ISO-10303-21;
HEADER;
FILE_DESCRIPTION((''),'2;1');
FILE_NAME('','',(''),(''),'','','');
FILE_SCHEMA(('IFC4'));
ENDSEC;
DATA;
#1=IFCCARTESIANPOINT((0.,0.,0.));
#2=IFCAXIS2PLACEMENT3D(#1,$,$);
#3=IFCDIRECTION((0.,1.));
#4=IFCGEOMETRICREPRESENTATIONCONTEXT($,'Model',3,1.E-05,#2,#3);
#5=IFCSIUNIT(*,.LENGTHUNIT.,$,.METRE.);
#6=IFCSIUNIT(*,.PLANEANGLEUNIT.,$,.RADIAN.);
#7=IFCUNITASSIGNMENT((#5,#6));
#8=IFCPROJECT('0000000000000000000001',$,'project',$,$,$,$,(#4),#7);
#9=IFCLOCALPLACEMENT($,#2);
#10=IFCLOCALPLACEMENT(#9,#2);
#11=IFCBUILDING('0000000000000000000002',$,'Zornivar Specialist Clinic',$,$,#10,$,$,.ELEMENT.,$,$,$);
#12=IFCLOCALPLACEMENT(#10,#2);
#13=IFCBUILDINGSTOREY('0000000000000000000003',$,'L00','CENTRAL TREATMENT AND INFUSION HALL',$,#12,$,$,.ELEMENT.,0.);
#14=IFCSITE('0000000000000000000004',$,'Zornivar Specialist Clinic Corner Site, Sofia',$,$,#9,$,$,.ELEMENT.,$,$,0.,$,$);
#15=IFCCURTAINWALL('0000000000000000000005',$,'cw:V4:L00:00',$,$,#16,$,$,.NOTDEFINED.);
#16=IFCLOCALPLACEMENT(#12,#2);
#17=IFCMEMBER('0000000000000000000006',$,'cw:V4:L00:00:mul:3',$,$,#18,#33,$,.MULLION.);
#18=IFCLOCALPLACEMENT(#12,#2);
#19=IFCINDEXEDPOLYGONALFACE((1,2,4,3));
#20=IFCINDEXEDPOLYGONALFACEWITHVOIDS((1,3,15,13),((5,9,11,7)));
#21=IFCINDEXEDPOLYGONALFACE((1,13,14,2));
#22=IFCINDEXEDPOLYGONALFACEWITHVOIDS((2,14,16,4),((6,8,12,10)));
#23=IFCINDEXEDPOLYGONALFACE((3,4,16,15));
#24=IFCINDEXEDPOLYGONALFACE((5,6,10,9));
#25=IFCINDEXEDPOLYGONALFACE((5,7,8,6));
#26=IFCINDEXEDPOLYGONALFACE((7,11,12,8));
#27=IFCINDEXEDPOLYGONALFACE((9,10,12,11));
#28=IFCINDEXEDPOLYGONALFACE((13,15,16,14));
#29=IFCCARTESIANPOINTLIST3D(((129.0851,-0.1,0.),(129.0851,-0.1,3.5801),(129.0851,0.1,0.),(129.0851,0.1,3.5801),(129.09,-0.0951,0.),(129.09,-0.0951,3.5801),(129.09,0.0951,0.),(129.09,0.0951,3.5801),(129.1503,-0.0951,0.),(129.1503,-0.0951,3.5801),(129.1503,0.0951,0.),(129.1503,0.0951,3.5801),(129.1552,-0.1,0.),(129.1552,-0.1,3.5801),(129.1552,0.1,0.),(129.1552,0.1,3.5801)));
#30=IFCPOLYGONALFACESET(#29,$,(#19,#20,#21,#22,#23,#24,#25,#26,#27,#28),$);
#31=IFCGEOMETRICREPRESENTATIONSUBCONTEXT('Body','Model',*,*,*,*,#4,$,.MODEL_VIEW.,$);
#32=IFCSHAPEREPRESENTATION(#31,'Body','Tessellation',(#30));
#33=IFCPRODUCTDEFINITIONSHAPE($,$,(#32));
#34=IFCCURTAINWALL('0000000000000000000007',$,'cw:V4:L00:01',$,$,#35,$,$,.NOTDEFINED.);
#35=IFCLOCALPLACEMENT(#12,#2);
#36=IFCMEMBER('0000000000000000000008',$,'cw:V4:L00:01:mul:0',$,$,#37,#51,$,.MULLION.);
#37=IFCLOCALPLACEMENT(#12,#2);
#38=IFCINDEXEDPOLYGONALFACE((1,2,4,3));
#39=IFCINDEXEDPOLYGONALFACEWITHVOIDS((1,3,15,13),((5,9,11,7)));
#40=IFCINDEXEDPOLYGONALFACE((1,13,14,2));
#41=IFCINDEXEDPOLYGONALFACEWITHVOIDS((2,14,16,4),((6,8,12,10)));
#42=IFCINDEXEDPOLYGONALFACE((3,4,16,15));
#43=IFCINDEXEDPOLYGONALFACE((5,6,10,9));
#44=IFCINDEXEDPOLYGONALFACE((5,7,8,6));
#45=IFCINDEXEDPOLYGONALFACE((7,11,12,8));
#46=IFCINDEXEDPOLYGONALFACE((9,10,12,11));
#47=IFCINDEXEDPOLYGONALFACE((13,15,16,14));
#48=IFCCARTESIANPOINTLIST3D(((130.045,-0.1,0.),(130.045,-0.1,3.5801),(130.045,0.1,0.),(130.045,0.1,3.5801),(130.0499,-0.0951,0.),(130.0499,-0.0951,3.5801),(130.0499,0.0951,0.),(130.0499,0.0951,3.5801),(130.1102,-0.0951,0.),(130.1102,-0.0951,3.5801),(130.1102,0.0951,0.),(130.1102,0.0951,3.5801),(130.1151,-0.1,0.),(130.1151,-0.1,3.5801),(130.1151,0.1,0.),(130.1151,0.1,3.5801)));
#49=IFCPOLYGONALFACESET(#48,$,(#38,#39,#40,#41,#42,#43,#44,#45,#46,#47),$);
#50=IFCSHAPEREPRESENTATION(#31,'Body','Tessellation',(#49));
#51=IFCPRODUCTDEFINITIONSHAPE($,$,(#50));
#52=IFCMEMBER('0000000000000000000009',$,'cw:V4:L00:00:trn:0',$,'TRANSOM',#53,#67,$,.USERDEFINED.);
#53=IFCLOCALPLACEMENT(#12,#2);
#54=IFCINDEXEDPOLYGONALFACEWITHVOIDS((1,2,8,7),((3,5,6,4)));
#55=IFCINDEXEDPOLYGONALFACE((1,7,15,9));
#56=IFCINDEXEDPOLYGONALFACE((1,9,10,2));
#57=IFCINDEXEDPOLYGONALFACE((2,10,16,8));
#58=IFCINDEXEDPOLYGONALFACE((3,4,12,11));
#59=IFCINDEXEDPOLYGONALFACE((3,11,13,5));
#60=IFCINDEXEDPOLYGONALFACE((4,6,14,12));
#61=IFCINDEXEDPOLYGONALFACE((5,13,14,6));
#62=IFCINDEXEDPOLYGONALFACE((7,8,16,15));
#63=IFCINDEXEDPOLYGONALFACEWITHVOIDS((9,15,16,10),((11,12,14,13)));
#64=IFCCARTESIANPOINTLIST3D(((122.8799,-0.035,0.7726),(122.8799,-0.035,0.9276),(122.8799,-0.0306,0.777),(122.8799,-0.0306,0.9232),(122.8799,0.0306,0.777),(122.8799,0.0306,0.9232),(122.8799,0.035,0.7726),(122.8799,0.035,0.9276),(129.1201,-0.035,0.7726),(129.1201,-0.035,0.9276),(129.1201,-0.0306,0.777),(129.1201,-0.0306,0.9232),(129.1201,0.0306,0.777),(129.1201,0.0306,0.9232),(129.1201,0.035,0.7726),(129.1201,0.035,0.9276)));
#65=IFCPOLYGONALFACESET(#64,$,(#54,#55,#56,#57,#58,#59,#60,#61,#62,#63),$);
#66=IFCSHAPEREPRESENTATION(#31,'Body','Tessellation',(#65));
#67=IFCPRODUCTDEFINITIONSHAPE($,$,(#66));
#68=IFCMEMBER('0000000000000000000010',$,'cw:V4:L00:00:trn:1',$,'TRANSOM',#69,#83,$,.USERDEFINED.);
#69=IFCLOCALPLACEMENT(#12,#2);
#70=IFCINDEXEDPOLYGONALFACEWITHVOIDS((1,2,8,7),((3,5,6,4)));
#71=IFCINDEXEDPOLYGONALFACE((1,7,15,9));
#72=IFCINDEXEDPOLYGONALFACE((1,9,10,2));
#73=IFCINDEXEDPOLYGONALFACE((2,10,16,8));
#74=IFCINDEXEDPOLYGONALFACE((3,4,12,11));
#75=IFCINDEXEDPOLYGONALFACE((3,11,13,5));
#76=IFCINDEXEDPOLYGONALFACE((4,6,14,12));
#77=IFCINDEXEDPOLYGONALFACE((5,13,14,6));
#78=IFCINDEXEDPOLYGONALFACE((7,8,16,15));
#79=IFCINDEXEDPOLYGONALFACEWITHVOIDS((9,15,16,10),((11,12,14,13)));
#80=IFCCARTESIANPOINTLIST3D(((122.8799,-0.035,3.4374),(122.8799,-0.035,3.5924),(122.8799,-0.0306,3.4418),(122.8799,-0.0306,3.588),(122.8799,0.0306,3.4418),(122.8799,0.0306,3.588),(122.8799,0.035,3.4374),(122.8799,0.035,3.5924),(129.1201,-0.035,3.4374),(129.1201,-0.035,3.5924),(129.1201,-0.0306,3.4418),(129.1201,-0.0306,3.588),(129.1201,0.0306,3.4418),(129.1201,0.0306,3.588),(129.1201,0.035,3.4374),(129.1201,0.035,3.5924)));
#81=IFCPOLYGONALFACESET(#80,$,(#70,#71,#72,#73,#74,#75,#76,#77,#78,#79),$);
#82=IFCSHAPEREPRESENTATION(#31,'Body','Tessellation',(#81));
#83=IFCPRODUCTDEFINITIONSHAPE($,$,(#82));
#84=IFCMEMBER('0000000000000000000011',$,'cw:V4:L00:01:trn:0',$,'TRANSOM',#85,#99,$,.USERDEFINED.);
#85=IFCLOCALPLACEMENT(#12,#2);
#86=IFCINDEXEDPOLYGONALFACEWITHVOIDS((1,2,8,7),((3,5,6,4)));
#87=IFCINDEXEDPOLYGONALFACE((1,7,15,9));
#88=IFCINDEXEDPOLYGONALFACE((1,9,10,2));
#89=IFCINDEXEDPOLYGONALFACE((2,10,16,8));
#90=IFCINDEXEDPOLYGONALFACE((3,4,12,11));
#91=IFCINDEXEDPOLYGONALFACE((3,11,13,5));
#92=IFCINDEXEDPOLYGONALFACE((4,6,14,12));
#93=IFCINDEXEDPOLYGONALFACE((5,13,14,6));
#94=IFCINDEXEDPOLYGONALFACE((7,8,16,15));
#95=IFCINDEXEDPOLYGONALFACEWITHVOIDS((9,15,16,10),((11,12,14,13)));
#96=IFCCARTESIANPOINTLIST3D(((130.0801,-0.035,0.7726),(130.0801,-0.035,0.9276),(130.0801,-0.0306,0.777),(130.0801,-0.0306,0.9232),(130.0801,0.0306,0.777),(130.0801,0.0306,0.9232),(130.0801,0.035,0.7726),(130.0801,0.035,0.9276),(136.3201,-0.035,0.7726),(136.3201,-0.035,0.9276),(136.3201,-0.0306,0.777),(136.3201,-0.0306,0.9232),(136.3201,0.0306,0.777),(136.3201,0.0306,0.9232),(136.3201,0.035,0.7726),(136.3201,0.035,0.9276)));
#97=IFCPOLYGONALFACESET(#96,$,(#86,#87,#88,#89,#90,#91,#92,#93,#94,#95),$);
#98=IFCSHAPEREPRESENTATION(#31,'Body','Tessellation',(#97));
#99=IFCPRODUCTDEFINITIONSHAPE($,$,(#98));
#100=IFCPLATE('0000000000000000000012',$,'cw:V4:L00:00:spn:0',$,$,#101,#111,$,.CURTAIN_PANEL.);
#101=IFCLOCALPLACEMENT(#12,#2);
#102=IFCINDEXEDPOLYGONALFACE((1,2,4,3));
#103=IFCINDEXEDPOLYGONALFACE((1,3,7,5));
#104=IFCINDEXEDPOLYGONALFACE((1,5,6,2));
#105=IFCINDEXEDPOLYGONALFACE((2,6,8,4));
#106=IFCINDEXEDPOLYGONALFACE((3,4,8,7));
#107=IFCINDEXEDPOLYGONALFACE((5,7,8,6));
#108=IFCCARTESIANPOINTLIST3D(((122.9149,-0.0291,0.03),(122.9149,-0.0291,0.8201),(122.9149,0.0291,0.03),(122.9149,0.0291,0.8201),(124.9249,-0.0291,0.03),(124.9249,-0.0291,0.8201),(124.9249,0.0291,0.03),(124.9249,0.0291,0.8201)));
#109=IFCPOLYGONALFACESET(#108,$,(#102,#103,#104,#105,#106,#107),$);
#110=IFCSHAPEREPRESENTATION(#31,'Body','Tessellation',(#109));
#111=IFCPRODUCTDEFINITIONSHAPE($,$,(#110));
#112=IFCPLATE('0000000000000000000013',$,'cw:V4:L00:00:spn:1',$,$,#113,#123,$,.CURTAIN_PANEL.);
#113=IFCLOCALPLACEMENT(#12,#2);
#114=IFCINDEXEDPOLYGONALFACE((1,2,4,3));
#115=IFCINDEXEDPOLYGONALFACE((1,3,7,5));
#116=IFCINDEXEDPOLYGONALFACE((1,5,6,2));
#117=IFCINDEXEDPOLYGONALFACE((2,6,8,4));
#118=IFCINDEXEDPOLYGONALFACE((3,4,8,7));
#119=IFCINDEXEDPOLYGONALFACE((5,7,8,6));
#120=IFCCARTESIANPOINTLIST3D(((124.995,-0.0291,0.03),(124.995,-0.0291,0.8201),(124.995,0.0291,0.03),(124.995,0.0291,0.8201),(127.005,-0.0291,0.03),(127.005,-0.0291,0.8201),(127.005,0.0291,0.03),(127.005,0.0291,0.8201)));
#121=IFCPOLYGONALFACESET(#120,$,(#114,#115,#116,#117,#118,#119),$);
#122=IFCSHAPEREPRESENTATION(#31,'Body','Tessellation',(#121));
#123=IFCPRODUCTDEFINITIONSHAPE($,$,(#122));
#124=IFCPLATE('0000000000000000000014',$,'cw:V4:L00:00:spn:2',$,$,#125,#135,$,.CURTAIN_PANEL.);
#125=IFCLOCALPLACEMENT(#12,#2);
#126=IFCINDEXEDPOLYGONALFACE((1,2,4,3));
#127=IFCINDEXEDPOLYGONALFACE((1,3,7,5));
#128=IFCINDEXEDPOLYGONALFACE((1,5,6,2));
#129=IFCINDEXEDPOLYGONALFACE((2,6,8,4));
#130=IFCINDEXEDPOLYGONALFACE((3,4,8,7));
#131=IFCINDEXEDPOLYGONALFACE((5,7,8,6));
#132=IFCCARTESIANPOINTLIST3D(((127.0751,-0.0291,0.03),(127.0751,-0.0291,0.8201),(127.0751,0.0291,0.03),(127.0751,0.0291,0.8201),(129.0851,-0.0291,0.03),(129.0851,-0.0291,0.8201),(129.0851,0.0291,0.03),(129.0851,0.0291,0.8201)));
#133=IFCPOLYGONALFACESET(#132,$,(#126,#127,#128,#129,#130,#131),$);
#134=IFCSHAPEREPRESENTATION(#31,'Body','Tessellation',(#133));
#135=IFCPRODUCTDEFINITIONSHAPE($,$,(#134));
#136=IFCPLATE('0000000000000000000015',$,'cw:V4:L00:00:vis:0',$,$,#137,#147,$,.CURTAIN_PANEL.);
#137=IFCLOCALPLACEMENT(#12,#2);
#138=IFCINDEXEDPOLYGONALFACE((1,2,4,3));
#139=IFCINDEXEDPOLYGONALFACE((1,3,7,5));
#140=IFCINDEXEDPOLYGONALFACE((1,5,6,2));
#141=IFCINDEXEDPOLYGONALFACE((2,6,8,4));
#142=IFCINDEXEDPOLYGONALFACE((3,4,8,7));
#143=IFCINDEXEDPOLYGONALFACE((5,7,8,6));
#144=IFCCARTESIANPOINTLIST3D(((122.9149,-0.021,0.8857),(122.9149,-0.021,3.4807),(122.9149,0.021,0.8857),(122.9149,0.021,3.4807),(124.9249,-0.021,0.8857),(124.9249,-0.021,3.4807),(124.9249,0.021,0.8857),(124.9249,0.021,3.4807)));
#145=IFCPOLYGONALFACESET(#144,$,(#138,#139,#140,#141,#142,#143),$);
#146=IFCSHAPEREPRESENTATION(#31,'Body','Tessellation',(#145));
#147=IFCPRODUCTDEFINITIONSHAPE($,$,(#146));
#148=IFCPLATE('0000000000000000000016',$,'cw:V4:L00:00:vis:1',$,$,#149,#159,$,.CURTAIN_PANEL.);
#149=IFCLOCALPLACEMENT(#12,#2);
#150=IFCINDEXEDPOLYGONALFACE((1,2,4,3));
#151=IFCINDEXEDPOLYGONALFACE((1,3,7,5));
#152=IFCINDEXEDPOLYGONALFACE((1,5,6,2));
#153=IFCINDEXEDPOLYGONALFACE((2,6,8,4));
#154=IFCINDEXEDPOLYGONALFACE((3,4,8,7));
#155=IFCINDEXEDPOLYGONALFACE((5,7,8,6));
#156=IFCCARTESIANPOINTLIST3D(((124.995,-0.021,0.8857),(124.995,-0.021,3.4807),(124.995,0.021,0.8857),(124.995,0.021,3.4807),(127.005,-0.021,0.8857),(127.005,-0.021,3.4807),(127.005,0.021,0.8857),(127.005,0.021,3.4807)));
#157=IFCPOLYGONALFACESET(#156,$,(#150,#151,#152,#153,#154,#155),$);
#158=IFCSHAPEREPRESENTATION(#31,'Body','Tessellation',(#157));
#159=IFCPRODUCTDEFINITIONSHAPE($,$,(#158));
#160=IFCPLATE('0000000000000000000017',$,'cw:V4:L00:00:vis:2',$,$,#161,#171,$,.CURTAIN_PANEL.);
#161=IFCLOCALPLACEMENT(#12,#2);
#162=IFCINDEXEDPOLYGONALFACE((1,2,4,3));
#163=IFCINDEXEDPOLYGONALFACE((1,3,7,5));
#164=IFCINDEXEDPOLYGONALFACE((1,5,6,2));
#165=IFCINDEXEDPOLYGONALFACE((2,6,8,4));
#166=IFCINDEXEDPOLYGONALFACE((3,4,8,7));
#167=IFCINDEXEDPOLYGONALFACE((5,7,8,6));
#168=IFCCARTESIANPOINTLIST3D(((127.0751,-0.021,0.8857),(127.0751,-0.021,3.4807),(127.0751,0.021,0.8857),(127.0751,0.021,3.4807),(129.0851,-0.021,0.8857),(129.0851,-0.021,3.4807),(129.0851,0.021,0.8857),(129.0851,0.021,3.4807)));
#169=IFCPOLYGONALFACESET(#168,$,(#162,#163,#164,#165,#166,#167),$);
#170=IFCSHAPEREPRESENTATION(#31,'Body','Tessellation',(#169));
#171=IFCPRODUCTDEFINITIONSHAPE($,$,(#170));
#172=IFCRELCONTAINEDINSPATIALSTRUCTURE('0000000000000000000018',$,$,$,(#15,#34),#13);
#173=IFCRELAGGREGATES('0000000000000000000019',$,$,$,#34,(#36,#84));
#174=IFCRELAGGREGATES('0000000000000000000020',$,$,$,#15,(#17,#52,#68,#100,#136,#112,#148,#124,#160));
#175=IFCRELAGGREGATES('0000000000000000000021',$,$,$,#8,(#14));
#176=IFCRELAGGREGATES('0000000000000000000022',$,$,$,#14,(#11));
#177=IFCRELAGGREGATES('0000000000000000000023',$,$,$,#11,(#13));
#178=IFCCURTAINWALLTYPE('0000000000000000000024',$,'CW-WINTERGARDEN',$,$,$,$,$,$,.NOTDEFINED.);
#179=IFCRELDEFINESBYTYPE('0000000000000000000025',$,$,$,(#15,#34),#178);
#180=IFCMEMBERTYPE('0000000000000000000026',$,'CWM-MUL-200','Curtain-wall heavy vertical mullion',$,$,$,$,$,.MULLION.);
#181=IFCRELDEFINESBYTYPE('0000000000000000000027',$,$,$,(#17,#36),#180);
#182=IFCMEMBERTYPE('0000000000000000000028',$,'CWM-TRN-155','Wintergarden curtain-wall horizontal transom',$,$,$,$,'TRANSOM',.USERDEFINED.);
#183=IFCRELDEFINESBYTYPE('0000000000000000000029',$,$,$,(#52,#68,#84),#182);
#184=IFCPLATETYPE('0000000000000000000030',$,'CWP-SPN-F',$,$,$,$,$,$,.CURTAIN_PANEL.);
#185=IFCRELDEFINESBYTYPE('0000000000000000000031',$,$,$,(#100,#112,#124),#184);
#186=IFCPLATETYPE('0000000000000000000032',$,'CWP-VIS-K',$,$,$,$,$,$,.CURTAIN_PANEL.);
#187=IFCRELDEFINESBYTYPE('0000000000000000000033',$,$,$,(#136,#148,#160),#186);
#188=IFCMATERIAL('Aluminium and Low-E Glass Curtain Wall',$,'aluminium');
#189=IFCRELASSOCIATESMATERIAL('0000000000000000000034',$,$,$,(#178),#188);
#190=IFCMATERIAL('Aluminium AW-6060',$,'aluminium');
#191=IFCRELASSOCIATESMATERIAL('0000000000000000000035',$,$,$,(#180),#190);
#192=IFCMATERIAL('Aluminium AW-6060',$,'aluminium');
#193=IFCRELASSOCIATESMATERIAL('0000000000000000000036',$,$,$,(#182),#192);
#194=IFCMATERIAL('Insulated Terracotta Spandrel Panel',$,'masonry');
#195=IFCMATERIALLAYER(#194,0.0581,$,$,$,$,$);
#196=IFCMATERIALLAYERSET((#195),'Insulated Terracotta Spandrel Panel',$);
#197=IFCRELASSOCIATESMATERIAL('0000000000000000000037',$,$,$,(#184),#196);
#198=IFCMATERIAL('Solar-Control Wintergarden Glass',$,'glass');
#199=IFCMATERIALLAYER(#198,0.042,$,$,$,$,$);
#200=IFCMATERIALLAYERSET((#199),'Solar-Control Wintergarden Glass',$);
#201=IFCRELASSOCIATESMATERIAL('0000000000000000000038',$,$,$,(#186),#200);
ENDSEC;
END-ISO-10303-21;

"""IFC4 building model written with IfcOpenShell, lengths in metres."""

from ifc_helpers import new_model, si_unit, direction, frame, origin, origin_2d, place, context, subcontext, project, spatial, rectangle, hollow_rectangle, extrude, material, layer, layer_set, material_profile, profile_set, type_object, element, aggregate, save


model = new_model("IFC4")

# Units and contexts
model_context = context("Model", 3, precision=1e-05, world=origin(), true_north=direction((0.0, 1.0)))
body_context = subcontext(model_context, "Body", "Model", "MODEL_VIEW")
ifc_project = project(units=[si_unit("LENGTHUNIT", "METRE"), si_unit("PLANEANGLEUNIT", "RADIAN")], contexts=[model_context])

# Site, building, storey
site_placement = place(None, origin())
site = spatial("IfcSite", under=ifc_project, at=site_placement, Name="Zornivar Specialist Clinic Corner Site, Sofia", CompositionType="ELEMENT", RefElevation=0.0)
building_placement = place(site_placement, origin())
building = spatial("IfcBuilding", under=site, at=building_placement, Name="Zornivar Specialist Clinic", CompositionType="ELEMENT")
storey_placement = place(building_placement, origin())
storey = spatial("IfcBuildingStorey", under=building, at=storey_placement, Name="L00", Description="CENTRAL TREATMENT AND INFUSION HALL", CompositionType="ELEMENT", Elevation=0.0)

# Curtain wall, member
ifc_material_1 = material(Name="Aluminium and Low-E Glass Curtain Wall", Category="aluminium")
curtain_wall_type = type_object("IfcCurtainWallType", Name="CW-WINTERGARDEN", PredefinedType="NOTDEFINED", material=ifc_material_1)
curtain_wall_1_placement = place(storey_placement, origin())
curtain_wall_1 = element("IfcCurtainWall", 1, at=curtain_wall_1_placement, inside=storey, type_object=curtain_wall_type, Name="cw:V4:L00:00", PredefinedType="NOTDEFINED")
ifc_material_2 = material(Name="Aluminium AW-6060", Category="aluminium")
ifc_material_profile_1 = material_profile(ifc_material_2, hollow_rectangle(XDim=0.0701, YDim=0.2, WallThickness=0.0049, at=origin_2d()), Name="ALU 70x200x5")
ifc_profile_set_1 = profile_set([ifc_material_profile_1], Name="Aluminium AW-6060")
member_type_1 = type_object("IfcMemberType", Name="CWM-MUL-200", Description="Curtain-wall heavy vertical mullion", PredefinedType="MULLION", material=ifc_profile_set_1)
member_1_placement = place(storey_placement, frame((129.1201, 0.0, 0.0), z_axis=(0.0, 0.0, 1.0), x_axis=(1.0, 0.0, 0.0)))
member_1 = element("IfcMember", 2, at=member_1_placement, type_object=member_type_1, Name="cw:V4:L00:00:mul:3", PredefinedType="MULLION", context=body_context, shape_type="SweptSolid", body=[
    extrude(hollow_rectangle(XDim=0.0701, YDim=0.2, WallThickness=0.0049, at=origin_2d()), origin(), (0.0, 0.0, 1.0), 3.5801),
])

# Curtain wall, member
curtain_wall_2_placement = place(storey_placement, origin())
curtain_wall_2 = element("IfcCurtainWall", 3, at=curtain_wall_2_placement, inside=storey, type_object=curtain_wall_type, Name="cw:V4:L00:01", PredefinedType="NOTDEFINED")
member_2_placement = place(storey_placement, frame((130.0801, 0.0, 0.0), z_axis=(0.0, 0.0, 1.0), x_axis=(1.0, 0.0, 0.0)))
member_2 = element("IfcMember", 4, at=member_2_placement, type_object=member_type_1, Name="cw:V4:L00:01:mul:0", PredefinedType="MULLION", context=body_context, shape_type="SweptSolid", body=[
    extrude(hollow_rectangle(XDim=0.0701, YDim=0.2, WallThickness=0.0049, at=origin_2d()), origin(), (0.0, 0.0, 1.0), 3.5801),
])

# Members
ifc_material_3 = material(Name="Aluminium AW-6060", Category="aluminium")
ifc_material_profile_2 = material_profile(ifc_material_3, hollow_rectangle(XDim=0.0701, YDim=0.155, WallThickness=0.0044, at=origin_2d()), Name="ALU 70x155x4.5")
ifc_profile_set_2 = profile_set([ifc_material_profile_2], Name="Aluminium AW-6060")
member_type_2 = type_object("IfcMemberType", Name="CWM-TRN-155", Description="Wintergarden curtain-wall horizontal transom", ElementType="TRANSOM", PredefinedType="USERDEFINED", material=ifc_profile_set_2)
member_3_placement = place(storey_placement, frame((122.8799, 0.0, 0.8501), z_axis=(1.0, 0.0, 0.0), x_axis=(0.0, 1.0, 0.0)))
member_3 = element("IfcMember", 5, at=member_3_placement, type_object=member_type_2, Name="cw:V4:L00:00:trn:0", ObjectType="TRANSOM", PredefinedType="USERDEFINED", context=body_context, shape_type="SweptSolid", body=[
    extrude(hollow_rectangle(XDim=0.0701, YDim=0.155, WallThickness=0.0044, at=origin_2d()), origin(), (0.0, 0.0, 1.0), 6.2402),
])
member_4_placement = place(storey_placement, frame((122.8799, 0.0, 3.5149), z_axis=(1.0, 0.0, 0.0), x_axis=(0.0, 1.0, 0.0)))
member_4 = element("IfcMember", 6, at=member_4_placement, type_object=member_type_2, Name="cw:V4:L00:00:trn:1", ObjectType="TRANSOM", PredefinedType="USERDEFINED", context=body_context, shape_type="SweptSolid", body=[
    extrude(hollow_rectangle(XDim=0.0701, YDim=0.155, WallThickness=0.0044, at=origin_2d()), origin(), (0.0, 0.0, 1.0), 6.2402),
])
member_5_placement = place(storey_placement, frame((130.0801, 0.0, 0.8501), z_axis=(1.0, 0.0, 0.0), x_axis=(0.0, 1.0, 0.0)))
member_5 = element("IfcMember", 7, at=member_5_placement, type_object=member_type_2, Name="cw:V4:L00:01:trn:0", ObjectType="TRANSOM", PredefinedType="USERDEFINED", context=body_context, shape_type="SweptSolid", body=[
    extrude(hollow_rectangle(XDim=0.0701, YDim=0.155, WallThickness=0.0044, at=origin_2d()), origin(), (0.0, 0.0, 1.0), 6.24),
])
aggregate(curtain_wall_2, [member_2, member_5])

# Plates
ifc_material_4 = material(Name="Insulated Terracotta Spandrel Panel", Category="masonry")
ifc_layer_1 = layer(ifc_material_4, 0.0581)
ifc_layer_set_1 = layer_set([ifc_layer_1], Name="Insulated Terracotta Spandrel Panel")
plate_type_1 = type_object("IfcPlateType", Name="CWP-SPN-F", PredefinedType="CURTAIN_PANEL", material=ifc_layer_set_1)
plate_1_placement = place(storey_placement, frame((123.9199, 0.0, 0.03), z_axis=(0.0, 0.0, 1.0), x_axis=(1.0, 0.0, 0.0)))
plate_1 = element("IfcPlate", 8, at=plate_1_placement, type_object=plate_type_1, Name="cw:V4:L00:00:spn:0", PredefinedType="CURTAIN_PANEL", context=body_context, shape_type="SweptSolid", body=[
    extrude(rectangle(XDim=2.01, YDim=0.0581, at=origin_2d()), origin(), (0.0, 0.0, 1.0), 0.79),
])
plate_2_placement = place(storey_placement, frame((126.0, 0.0, 0.03), z_axis=(0.0, 0.0, 1.0), x_axis=(1.0, 0.0, 0.0)))
plate_2 = element("IfcPlate", 9, at=plate_2_placement, type_object=plate_type_1, Name="cw:V4:L00:00:spn:1", PredefinedType="CURTAIN_PANEL", context=body_context, shape_type="SweptSolid", body=[
    extrude(rectangle(XDim=2.01, YDim=0.0581, at=origin_2d()), origin(), (0.0, 0.0, 1.0), 0.79),
])
plate_3_placement = place(storey_placement, frame((128.0801, 0.0, 0.03), z_axis=(0.0, 0.0, 1.0), x_axis=(1.0, 0.0, 0.0)))
plate_3 = element("IfcPlate", 10, at=plate_3_placement, type_object=plate_type_1, Name="cw:V4:L00:00:spn:2", PredefinedType="CURTAIN_PANEL", context=body_context, shape_type="SweptSolid", body=[
    extrude(rectangle(XDim=2.01, YDim=0.0581, at=origin_2d()), origin(), (0.0, 0.0, 1.0), 0.79),
])
ifc_material_5 = material(Name="Solar-Control Wintergarden Glass", Category="glass")
ifc_layer_2 = layer(ifc_material_5, 0.042)
ifc_layer_set_2 = layer_set([ifc_layer_2], Name="Solar-Control Wintergarden Glass")
plate_type_2 = type_object("IfcPlateType", Name="CWP-VIS-K", PredefinedType="CURTAIN_PANEL", material=ifc_layer_set_2)
plate_4_placement = place(storey_placement, frame((123.9199, 0.0, 0.8857), z_axis=(0.0, 0.0, 1.0), x_axis=(1.0, 0.0, 0.0)))
plate_4 = element("IfcPlate", 11, at=plate_4_placement, type_object=plate_type_2, Name="cw:V4:L00:00:vis:0", PredefinedType="CURTAIN_PANEL", context=body_context, shape_type="SweptSolid", body=[
    extrude(rectangle(XDim=2.01, YDim=0.042, at=origin_2d()), origin(), (0.0, 0.0, 1.0), 2.595),
])
plate_5_placement = place(storey_placement, frame((126.0, 0.0, 0.8857), z_axis=(0.0, 0.0, 1.0), x_axis=(1.0, 0.0, 0.0)))
plate_5 = element("IfcPlate", 12, at=plate_5_placement, type_object=plate_type_2, Name="cw:V4:L00:00:vis:1", PredefinedType="CURTAIN_PANEL", context=body_context, shape_type="SweptSolid", body=[
    extrude(rectangle(XDim=2.01, YDim=0.042, at=origin_2d()), origin(), (0.0, 0.0, 1.0), 2.595),
])
plate_6_placement = place(storey_placement, frame((128.0801, 0.0, 0.8857), z_axis=(0.0, 0.0, 1.0), x_axis=(1.0, 0.0, 0.0)))
plate_6 = element("IfcPlate", 13, at=plate_6_placement, type_object=plate_type_2, Name="cw:V4:L00:00:vis:2", PredefinedType="CURTAIN_PANEL", context=body_context, shape_type="SweptSolid", body=[
    extrude(rectangle(XDim=2.01, YDim=0.042, at=origin_2d()), origin(), (0.0, 0.0, 1.0), 2.595),
])
aggregate(curtain_wall_1, [member_1, member_3, member_4, plate_1, plate_4, plate_2, plate_5, plate_3, plate_6])

save(model, "model.ifc")
